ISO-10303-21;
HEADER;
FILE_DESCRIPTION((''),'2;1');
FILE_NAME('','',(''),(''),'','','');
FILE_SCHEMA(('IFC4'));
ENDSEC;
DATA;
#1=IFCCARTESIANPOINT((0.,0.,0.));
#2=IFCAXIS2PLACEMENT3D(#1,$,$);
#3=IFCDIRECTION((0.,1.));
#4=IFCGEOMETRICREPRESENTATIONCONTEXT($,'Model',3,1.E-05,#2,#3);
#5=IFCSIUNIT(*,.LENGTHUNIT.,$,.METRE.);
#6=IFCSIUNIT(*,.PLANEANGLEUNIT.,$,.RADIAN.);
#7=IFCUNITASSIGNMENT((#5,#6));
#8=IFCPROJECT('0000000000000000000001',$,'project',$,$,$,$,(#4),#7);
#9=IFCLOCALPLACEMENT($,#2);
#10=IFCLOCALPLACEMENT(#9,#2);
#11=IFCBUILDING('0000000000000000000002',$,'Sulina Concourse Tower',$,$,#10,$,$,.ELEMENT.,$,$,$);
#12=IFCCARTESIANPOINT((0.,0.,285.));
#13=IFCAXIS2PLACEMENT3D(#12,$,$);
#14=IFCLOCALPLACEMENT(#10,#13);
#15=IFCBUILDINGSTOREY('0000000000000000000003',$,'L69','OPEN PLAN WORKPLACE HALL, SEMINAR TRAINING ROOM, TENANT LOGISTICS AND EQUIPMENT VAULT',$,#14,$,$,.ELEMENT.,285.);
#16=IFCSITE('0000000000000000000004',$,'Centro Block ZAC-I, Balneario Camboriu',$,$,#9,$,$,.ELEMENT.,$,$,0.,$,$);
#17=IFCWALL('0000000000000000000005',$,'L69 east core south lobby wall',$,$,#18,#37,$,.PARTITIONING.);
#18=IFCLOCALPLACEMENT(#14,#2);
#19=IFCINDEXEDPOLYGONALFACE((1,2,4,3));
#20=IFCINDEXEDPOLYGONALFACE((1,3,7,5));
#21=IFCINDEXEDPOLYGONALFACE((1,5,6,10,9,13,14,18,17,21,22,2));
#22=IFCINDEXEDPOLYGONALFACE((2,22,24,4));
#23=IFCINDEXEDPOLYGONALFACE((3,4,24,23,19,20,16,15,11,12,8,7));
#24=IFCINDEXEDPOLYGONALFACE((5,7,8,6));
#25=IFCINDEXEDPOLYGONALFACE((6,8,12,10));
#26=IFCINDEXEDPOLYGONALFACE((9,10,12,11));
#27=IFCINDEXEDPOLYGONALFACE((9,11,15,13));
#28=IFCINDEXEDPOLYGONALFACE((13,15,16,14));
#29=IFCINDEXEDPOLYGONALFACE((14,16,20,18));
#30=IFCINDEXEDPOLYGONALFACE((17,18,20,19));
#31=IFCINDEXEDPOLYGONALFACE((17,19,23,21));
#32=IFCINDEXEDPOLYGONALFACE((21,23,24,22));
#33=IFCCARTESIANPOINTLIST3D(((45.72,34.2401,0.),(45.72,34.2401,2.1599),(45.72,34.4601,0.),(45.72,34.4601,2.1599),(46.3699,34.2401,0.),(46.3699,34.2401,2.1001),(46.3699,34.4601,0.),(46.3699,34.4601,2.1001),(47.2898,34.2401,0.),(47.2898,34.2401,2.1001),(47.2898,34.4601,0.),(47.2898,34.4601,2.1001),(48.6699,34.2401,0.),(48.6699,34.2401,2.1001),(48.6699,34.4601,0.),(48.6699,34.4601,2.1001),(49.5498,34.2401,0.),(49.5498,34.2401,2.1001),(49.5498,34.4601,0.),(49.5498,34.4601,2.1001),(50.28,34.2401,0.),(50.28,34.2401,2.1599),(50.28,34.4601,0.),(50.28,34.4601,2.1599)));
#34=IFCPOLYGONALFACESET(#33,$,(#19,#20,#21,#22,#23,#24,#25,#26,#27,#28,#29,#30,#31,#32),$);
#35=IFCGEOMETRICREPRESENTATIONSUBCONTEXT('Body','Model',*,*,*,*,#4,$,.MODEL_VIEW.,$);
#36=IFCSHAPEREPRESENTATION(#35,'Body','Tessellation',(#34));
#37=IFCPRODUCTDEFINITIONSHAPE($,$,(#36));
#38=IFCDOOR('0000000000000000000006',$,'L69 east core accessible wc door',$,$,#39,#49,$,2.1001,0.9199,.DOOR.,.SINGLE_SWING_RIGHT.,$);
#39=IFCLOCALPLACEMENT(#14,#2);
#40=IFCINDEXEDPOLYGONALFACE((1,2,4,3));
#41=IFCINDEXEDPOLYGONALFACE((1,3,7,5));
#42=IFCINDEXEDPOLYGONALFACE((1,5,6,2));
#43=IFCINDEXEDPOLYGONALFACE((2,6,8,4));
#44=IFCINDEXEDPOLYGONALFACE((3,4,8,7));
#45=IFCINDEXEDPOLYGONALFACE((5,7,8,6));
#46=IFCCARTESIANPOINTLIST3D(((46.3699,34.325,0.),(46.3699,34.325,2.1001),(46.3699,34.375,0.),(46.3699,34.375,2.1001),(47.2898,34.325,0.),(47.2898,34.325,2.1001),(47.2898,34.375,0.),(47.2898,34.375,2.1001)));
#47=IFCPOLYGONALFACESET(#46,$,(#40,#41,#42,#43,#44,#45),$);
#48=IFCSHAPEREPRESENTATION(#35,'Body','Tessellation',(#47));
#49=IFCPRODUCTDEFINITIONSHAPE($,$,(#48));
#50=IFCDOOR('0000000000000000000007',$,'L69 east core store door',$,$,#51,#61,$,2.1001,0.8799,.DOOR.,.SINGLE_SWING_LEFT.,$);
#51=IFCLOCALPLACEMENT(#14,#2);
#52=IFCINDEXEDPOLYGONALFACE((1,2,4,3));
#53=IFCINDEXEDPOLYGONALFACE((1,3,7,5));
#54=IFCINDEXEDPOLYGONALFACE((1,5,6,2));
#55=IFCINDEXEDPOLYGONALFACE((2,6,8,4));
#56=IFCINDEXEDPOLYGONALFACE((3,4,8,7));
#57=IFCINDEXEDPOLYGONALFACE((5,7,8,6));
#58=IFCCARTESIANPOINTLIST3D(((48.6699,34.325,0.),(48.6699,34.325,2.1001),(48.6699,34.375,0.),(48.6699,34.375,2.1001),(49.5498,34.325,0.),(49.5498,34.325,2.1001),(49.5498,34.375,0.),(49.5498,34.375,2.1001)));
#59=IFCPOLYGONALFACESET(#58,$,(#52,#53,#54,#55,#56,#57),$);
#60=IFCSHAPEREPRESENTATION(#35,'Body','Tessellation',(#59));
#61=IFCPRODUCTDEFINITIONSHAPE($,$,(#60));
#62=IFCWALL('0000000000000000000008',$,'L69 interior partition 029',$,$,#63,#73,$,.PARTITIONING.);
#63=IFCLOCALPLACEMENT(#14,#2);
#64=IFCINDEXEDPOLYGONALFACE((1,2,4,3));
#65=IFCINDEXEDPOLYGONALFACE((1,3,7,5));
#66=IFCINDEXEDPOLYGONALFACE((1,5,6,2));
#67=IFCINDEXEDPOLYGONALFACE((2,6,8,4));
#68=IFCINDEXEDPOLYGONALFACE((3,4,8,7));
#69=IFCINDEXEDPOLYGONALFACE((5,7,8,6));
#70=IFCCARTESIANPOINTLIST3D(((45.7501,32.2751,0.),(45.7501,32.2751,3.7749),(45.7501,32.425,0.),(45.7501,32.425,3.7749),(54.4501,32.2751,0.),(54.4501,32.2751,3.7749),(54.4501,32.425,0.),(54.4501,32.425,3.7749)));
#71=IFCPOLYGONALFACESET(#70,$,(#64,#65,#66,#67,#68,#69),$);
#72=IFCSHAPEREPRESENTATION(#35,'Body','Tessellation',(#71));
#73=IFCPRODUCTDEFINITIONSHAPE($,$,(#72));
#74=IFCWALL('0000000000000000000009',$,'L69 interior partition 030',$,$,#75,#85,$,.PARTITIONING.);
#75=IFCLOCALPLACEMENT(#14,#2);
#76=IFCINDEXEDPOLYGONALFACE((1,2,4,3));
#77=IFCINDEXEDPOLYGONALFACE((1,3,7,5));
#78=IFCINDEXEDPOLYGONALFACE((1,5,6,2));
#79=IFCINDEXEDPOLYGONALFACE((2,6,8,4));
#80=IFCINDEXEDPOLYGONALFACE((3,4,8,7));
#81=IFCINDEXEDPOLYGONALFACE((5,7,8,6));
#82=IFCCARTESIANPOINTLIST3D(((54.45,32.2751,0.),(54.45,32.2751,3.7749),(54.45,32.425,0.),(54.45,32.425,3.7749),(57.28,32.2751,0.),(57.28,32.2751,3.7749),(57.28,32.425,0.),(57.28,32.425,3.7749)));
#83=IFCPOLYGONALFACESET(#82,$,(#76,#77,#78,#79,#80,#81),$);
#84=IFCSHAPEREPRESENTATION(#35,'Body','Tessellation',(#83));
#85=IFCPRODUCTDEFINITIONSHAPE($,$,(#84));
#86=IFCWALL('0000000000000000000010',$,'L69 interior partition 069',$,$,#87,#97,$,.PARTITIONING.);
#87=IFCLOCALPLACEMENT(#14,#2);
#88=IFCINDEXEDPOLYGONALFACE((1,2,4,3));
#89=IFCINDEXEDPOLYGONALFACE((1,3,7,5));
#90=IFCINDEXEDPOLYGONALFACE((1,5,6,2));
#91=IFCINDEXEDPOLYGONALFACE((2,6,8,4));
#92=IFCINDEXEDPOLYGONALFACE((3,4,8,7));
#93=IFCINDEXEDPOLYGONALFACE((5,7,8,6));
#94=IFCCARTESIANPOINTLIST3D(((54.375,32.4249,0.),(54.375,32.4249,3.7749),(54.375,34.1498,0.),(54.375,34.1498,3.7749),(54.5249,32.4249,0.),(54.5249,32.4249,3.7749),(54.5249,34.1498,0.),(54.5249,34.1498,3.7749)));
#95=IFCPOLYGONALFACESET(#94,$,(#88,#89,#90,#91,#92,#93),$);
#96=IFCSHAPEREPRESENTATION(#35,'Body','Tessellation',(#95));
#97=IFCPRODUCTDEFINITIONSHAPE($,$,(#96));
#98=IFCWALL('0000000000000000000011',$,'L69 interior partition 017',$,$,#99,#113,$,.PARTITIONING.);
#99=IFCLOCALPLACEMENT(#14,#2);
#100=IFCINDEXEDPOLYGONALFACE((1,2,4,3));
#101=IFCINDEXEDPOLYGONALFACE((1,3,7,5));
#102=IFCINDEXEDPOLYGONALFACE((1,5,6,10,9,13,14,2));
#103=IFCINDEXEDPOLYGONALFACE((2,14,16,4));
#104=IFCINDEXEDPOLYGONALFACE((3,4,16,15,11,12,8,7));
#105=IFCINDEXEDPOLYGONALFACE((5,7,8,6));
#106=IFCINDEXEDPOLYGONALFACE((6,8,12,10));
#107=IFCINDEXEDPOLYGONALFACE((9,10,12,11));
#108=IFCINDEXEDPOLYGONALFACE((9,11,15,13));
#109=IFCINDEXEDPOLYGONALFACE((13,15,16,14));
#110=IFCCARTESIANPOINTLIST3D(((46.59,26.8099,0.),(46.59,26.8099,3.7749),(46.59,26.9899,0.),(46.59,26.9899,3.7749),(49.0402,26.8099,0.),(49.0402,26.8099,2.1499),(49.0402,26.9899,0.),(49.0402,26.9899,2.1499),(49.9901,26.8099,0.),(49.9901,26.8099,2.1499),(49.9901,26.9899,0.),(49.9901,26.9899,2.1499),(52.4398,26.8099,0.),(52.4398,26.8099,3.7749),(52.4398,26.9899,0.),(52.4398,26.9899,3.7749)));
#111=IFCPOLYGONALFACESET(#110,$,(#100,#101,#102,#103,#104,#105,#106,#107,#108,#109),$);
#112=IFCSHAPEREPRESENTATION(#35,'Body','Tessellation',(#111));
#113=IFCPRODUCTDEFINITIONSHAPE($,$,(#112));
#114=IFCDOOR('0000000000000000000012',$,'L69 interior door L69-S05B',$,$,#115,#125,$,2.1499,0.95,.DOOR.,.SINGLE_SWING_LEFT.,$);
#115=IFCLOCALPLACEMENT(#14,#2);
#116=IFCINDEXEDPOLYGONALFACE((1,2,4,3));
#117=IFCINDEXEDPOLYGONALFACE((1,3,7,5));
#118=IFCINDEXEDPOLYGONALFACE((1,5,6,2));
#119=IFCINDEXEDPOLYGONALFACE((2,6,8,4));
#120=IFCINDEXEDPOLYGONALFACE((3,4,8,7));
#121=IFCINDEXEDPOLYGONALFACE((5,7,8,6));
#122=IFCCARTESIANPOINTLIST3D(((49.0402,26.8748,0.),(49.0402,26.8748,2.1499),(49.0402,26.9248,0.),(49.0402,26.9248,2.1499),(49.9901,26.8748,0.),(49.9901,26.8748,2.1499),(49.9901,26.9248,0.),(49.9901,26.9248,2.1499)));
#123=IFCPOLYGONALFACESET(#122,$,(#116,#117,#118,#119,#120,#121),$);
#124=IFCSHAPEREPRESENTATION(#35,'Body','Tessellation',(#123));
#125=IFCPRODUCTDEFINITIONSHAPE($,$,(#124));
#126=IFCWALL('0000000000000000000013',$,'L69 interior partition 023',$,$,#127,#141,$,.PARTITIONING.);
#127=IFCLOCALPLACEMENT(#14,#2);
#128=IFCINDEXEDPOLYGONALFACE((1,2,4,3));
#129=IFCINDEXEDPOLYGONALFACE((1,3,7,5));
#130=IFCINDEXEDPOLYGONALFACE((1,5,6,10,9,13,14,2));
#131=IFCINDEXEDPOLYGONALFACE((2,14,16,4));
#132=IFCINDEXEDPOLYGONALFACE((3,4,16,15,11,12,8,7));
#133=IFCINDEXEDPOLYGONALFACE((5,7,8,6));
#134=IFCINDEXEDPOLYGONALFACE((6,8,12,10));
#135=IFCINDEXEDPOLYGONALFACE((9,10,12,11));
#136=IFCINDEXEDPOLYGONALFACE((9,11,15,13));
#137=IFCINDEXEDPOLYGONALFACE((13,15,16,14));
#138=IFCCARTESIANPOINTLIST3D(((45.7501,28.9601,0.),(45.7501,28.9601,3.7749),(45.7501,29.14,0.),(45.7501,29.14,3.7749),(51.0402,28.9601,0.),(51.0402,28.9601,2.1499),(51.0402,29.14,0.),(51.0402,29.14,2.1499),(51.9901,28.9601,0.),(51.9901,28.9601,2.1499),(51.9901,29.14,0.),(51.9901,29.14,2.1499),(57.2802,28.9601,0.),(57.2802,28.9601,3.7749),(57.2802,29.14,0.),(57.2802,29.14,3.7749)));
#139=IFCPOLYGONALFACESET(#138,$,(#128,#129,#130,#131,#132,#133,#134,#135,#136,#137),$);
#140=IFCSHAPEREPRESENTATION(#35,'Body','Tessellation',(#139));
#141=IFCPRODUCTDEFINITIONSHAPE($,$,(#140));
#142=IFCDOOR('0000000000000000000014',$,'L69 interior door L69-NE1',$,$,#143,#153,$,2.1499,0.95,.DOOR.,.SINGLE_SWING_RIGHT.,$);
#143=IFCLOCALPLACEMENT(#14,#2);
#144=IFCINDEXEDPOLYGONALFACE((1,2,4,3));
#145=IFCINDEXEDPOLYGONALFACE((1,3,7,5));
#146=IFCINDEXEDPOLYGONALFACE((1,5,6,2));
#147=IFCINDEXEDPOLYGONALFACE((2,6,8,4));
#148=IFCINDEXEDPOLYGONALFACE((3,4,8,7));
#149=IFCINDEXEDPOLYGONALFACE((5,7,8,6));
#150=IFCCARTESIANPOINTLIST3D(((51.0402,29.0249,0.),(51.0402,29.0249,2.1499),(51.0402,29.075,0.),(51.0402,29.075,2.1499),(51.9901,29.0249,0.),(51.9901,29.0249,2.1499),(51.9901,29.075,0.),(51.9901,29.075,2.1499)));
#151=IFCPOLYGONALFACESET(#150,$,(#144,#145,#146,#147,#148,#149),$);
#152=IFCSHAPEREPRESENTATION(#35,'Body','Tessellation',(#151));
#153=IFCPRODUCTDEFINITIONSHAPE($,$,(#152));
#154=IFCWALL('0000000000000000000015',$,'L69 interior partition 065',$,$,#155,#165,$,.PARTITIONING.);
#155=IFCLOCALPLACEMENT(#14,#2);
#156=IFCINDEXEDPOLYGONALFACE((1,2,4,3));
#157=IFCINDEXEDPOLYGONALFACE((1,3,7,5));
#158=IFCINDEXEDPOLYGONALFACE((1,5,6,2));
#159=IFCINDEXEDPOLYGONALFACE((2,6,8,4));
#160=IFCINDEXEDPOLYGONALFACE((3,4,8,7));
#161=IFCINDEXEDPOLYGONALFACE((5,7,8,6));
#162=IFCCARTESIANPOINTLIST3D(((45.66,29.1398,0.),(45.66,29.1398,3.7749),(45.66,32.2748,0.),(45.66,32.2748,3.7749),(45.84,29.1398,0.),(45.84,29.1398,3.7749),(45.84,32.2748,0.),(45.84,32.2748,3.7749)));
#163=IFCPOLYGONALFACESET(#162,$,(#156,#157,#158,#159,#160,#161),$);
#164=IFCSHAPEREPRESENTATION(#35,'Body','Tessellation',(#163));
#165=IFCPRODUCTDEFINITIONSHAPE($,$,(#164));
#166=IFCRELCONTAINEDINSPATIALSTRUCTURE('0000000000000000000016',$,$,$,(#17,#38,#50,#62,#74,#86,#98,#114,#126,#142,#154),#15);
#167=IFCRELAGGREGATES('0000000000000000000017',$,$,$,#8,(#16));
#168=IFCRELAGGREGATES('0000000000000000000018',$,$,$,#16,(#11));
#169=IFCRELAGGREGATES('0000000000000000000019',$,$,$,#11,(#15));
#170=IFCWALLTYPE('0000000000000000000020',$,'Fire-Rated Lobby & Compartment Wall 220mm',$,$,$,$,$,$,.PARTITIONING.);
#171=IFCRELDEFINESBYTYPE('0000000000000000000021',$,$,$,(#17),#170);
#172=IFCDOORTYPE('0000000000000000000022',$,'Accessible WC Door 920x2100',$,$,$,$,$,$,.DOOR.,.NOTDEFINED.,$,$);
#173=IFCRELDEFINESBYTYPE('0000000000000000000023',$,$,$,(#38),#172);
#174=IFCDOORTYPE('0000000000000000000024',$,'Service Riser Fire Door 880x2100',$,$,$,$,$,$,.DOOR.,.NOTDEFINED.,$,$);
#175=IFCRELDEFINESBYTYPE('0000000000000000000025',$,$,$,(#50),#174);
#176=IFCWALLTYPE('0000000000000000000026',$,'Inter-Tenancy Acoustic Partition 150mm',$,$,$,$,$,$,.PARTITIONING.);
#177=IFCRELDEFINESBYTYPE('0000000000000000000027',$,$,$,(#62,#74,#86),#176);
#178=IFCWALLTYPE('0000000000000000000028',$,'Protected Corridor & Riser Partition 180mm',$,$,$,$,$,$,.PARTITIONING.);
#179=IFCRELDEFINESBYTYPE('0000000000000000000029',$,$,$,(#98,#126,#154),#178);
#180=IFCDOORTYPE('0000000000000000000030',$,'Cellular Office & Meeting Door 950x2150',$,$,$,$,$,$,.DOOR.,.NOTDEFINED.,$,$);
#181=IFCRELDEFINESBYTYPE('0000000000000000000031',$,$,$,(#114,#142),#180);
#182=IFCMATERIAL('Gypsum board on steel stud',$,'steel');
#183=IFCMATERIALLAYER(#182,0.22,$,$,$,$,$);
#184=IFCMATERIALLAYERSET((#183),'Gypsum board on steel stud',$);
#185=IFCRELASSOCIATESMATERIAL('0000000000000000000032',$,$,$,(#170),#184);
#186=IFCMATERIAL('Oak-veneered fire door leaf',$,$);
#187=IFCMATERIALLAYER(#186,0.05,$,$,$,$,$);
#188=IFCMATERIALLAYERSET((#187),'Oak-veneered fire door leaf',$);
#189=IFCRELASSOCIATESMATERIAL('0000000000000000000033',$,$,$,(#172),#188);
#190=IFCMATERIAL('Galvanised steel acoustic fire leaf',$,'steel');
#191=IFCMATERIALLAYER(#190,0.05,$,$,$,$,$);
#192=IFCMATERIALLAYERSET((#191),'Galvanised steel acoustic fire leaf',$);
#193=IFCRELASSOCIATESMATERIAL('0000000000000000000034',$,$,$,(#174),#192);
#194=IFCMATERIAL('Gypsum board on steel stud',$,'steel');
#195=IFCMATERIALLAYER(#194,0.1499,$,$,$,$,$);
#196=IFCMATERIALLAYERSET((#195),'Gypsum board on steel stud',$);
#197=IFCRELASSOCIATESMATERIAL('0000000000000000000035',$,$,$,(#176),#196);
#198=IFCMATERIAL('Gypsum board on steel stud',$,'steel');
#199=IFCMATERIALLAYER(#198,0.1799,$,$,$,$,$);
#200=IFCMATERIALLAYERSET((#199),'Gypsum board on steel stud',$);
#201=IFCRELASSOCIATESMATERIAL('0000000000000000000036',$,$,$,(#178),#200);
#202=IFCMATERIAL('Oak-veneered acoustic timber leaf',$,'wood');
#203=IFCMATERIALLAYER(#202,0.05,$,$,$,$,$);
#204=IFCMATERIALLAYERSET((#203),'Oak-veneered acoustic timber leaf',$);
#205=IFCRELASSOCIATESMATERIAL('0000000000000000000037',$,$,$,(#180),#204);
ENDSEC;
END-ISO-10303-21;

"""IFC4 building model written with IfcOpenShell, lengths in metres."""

from ifc_helpers import new_model, si_unit, direction, frame, frame_2d, origin, place, context, subcontext, project, spatial, rectangle, extrude, material, layer, layer_set, type_object, element, fill, save


model = new_model("IFC4")

# Units and contexts
model_context = context("Model", 3, precision=1e-05, world=origin(), true_north=direction((0.0, 1.0)))
body_context = subcontext(model_context, "Body", "Model", "MODEL_VIEW")
ifc_project = project(units=[si_unit("LENGTHUNIT", "METRE"), si_unit("PLANEANGLEUNIT", "RADIAN")], contexts=[model_context])

# Site, building, storey
site_placement = place(None, origin())
site = spatial("IfcSite", under=ifc_project, at=site_placement, Name="Centro Block ZAC-I, Balneario Camboriu", CompositionType="ELEMENT", RefElevation=0.0)
building_placement = place(site_placement, origin())
building = spatial("IfcBuilding", under=site, at=building_placement, Name="Sulina Concourse Tower", CompositionType="ELEMENT")
storey_placement = place(building_placement, frame((0.0, 0.0, 285.0)))
storey = spatial("IfcBuildingStorey", under=building, at=storey_placement, Name="L69", Description="OPEN PLAN WORKPLACE HALL, SEMINAR TRAINING ROOM, TENANT LOGISTICS AND EQUIPMENT VAULT", CompositionType="ELEMENT", Elevation=285.0)

# Wall, openings, doors
ifc_material_1 = material(Name="Gypsum board on steel stud", Category="steel")
ifc_layer_1 = layer(ifc_material_1, 0.22)
ifc_layer_set_1 = layer_set([ifc_layer_1], Name="Gypsum board on steel stud")
wall_type_1 = type_object("IfcWallType", Name="Fire-Rated Lobby & Compartment Wall 220mm", PredefinedType="PARTITIONING", material=ifc_layer_set_1)
wall_1_placement = place(storey_placement, frame((45.72, 34.3501, 0.0), z_axis=(0.0, 0.0, 1.0), x_axis=(1.0, 0.0, 0.0)))
wall_1 = element("IfcWall", 1, at=wall_1_placement, inside=storey, type_object=wall_type_1, Name="L69 east core south lobby wall", PredefinedType="PARTITIONING", context=body_context, shape_type="SweptSolid", body=[
    extrude(rectangle(XDim=4.5601, YDim=0.22, at=frame_2d((2.28, 0.0))), origin(), (0.0, 0.0, 1.0), 2.1599),
])
opening_1_placement = place(wall_1_placement, frame((0.6499, 0.0, 0.0)))
opening_1 = element("IfcOpeningElement", 2, at=opening_1_placement, cuts=wall_1, PredefinedType="OPENING", context=body_context, shape_type="SweptSolid", body=[
    extrude(rectangle(XDim=0.9199, YDim=2.1001, at=frame_2d((0.46, 1.05))), frame((0.0, 0.1199, 0.0), z_axis=(0.0, -1.0, 0.0), x_axis=(1.0, 0.0, 0.0)), (0.0, 0.0, 1.0), 0.24),
])
opening_2_placement = place(wall_1_placement, frame((2.95, 0.0, 0.0)))
opening_2 = element("IfcOpeningElement", 3, at=opening_2_placement, cuts=wall_1, PredefinedType="OPENING", context=body_context, shape_type="SweptSolid", body=[
    extrude(rectangle(XDim=0.8799, YDim=2.1001, at=frame_2d((0.4399, 1.05))), frame((0.0, 0.1199, 0.0), z_axis=(0.0, -1.0, 0.0), x_axis=(1.0, 0.0, 0.0)), (0.0, 0.0, 1.0), 0.24),
])
ifc_material_2 = material(Name="Oak-veneered fire door leaf")
ifc_layer_2 = layer(ifc_material_2, 0.05)
ifc_layer_set_2 = layer_set([ifc_layer_2], Name="Oak-veneered fire door leaf")
door_type_1 = type_object("IfcDoorType", Name="Accessible WC Door 920x2100", OperationType="NOTDEFINED", PredefinedType="DOOR", material=ifc_layer_set_2)
door_1_placement = place(opening_1_placement, origin())
door_1 = element("IfcDoor", 4, at=door_1_placement, inside=storey, type_object=door_type_1, Name="L69 east core accessible wc door", OperationType="SINGLE_SWING_RIGHT", OverallHeight=2.1001, OverallWidth=0.9199, PredefinedType="DOOR", context=body_context, shape_type="SweptSolid", body=[
    extrude(rectangle(XDim=0.9199, YDim=2.1001, at=frame_2d((0.46, 1.05))), frame((0.0, 0.0249, 0.0), z_axis=(0.0, -1.0, 0.0), x_axis=(1.0, 0.0, 0.0)), (0.0, 0.0, 1.0), 0.05),
])
fill(opening_1, door_1)
ifc_material_3 = material(Name="Galvanised steel acoustic fire leaf", Category="steel")
ifc_layer_3 = layer(ifc_material_3, 0.05)
ifc_layer_set_3 = layer_set([ifc_layer_3], Name="Galvanised steel acoustic fire leaf")
door_type_2 = type_object("IfcDoorType", Name="Service Riser Fire Door 880x2100", OperationType="NOTDEFINED", PredefinedType="DOOR", material=ifc_layer_set_3)
door_2_placement = place(opening_2_placement, origin())
door_2 = element("IfcDoor", 5, at=door_2_placement, inside=storey, type_object=door_type_2, Name="L69 east core store door", OperationType="SINGLE_SWING_LEFT", OverallHeight=2.1001, OverallWidth=0.8799, PredefinedType="DOOR", context=body_context, shape_type="SweptSolid", body=[
    extrude(rectangle(XDim=0.8799, YDim=2.1001, at=frame_2d((0.4399, 1.05))), frame((0.0, 0.0249, 0.0), z_axis=(0.0, -1.0, 0.0), x_axis=(1.0, 0.0, 0.0)), (0.0, 0.0, 1.0), 0.05),
])
fill(opening_2, door_2)

# Walls
ifc_material_4 = material(Name="Gypsum board on steel stud", Category="steel")
ifc_layer_4 = layer(ifc_material_4, 0.1499)
ifc_layer_set_4 = layer_set([ifc_layer_4], Name="Gypsum board on steel stud")
wall_type_2 = type_object("IfcWallType", Name="Inter-Tenancy Acoustic Partition 150mm", PredefinedType="PARTITIONING", material=ifc_layer_set_4)
wall_2_placement = place(storey_placement, frame((45.75, 32.3501, 0.0), z_axis=(0.0, 0.0, 1.0), x_axis=(1.0, 0.0, 0.0)))
element("IfcWall", 6, at=wall_2_placement, inside=storey, type_object=wall_type_2, Name="L69 interior partition 029", PredefinedType="PARTITIONING", context=body_context, shape_type="SweptSolid", body=[
    extrude(rectangle(XDim=8.7, YDim=0.1499, at=frame_2d((4.3501, 0.0))), origin(), (0.0, 0.0, 1.0), 3.7749),
])
wall_3_placement = place(storey_placement, frame((54.45, 32.3501, 0.0), z_axis=(0.0, 0.0, 1.0), x_axis=(1.0, 0.0, 0.0)))
element("IfcWall", 7, at=wall_3_placement, inside=storey, type_object=wall_type_2, Name="L69 interior partition 030", PredefinedType="PARTITIONING", context=body_context, shape_type="SweptSolid", body=[
    extrude(rectangle(XDim=2.8301, YDim=0.1499, at=frame_2d((1.415, 0.0))), origin(), (0.0, 0.0, 1.0), 3.7749),
])
wall_4_placement = place(storey_placement, frame((54.45, 32.425, 0.0), z_axis=(0.0, 0.0, 1.0), x_axis=(0.0, 1.0, 0.0)))
element("IfcWall", 8, at=wall_4_placement, inside=storey, type_object=wall_type_2, Name="L69 interior partition 069", PredefinedType="PARTITIONING", context=body_context, shape_type="SweptSolid", body=[
    extrude(rectangle(XDim=1.7249, YDim=0.1499, at=frame_2d((0.8623, 0.0))), origin(), (0.0, 0.0, 1.0), 3.7749),
])

# Walls, openings, doors
ifc_material_5 = material(Name="Gypsum board on steel stud", Category="steel")
ifc_layer_5 = layer(ifc_material_5, 0.1799)
ifc_layer_set_5 = layer_set([ifc_layer_5], Name="Gypsum board on steel stud")
wall_type_3 = type_object("IfcWallType", Name="Protected Corridor & Riser Partition 180mm", PredefinedType="PARTITIONING", material=ifc_layer_set_5)
wall_5_placement = place(storey_placement, frame((46.5901, 26.8999, 0.0), z_axis=(0.0, 0.0, 1.0), x_axis=(1.0, 0.0, 0.0)))
wall_5 = element("IfcWall", 9, at=wall_5_placement, inside=storey, type_object=wall_type_3, Name="L69 interior partition 017", PredefinedType="PARTITIONING", context=body_context, shape_type="SweptSolid", body=[
    extrude(rectangle(XDim=5.8499, YDim=0.1799, at=frame_2d((2.9248, 0.0))), origin(), (0.0, 0.0, 1.0), 3.7749),
])
opening_3_placement = place(wall_5_placement, frame((2.45, 0.0, 0.0)))
opening_3 = element("IfcOpeningElement", 10, at=opening_3_placement, cuts=wall_5, PredefinedType="OPENING", context=body_context, shape_type="SweptSolid", body=[
    extrude(rectangle(XDim=0.95, YDim=2.1499, at=frame_2d((0.4751, 1.075))), frame((0.0, 0.0999, 0.0), z_axis=(0.0, -1.0, 0.0), x_axis=(1.0, 0.0, 0.0)), (0.0, 0.0, 1.0), 0.2),
])
ifc_material_6 = material(Name="Oak-veneered acoustic timber leaf", Category="wood")
ifc_layer_6 = layer(ifc_material_6, 0.05)
ifc_layer_set_6 = layer_set([ifc_layer_6], Name="Oak-veneered acoustic timber leaf")
door_type_3 = type_object("IfcDoorType", Name="Cellular Office & Meeting Door 950x2150", OperationType="NOTDEFINED", PredefinedType="DOOR", material=ifc_layer_set_6)
door_3_placement = place(opening_3_placement, origin())
door_3 = element("IfcDoor", 11, at=door_3_placement, inside=storey, type_object=door_type_3, Name="L69 interior door L69-S05B", OperationType="SINGLE_SWING_LEFT", OverallHeight=2.1499, OverallWidth=0.95, PredefinedType="DOOR", context=body_context, shape_type="SweptSolid", body=[
    extrude(rectangle(XDim=0.95, YDim=2.1499, at=frame_2d((0.4751, 1.075))), frame((0.0, 0.0249, 0.0), z_axis=(0.0, -1.0, 0.0), x_axis=(1.0, 0.0, 0.0)), (0.0, 0.0, 1.0), 0.05),
])
fill(opening_3, door_3)
wall_6_placement = place(storey_placement, frame((45.75, 29.05, 0.0), z_axis=(0.0, 0.0, 1.0), x_axis=(1.0, 0.0, 0.0)))
wall_6 = element("IfcWall", 12, at=wall_6_placement, inside=storey, type_object=wall_type_3, Name="L69 interior partition 023", PredefinedType="PARTITIONING", context=body_context, shape_type="SweptSolid", body=[
    extrude(rectangle(XDim=11.53, YDim=0.1799, at=frame_2d((5.7651, 0.0))), origin(), (0.0, 0.0, 1.0), 3.7749),
])
opening_4_placement = place(wall_6_placement, frame((5.29, 0.0, 0.0)))
opening_4 = element("IfcOpeningElement", 13, at=opening_4_placement, cuts=wall_6, PredefinedType="OPENING", context=body_context, shape_type="SweptSolid", body=[
    extrude(rectangle(XDim=0.95, YDim=2.1499, at=frame_2d((0.4751, 1.075))), frame((0.0, 0.0999, 0.0), z_axis=(0.0, -1.0, 0.0), x_axis=(1.0, 0.0, 0.0)), (0.0, 0.0, 1.0), 0.2),
])
door_4_placement = place(opening_4_placement, origin())
door_4 = element("IfcDoor", 14, at=door_4_placement, inside=storey, type_object=door_type_3, Name="L69 interior door L69-NE1", OperationType="SINGLE_SWING_RIGHT", OverallHeight=2.1499, OverallWidth=0.95, PredefinedType="DOOR", context=body_context, shape_type="SweptSolid", body=[
    extrude(rectangle(XDim=0.95, YDim=2.1499, at=frame_2d((0.4751, 1.075))), frame((0.0, 0.0249, 0.0), z_axis=(0.0, -1.0, 0.0), x_axis=(1.0, 0.0, 0.0)), (0.0, 0.0, 1.0), 0.05),
])
fill(opening_4, door_4)

# Wall
wall_7_placement = place(storey_placement, frame((45.75, 29.1399, 0.0), z_axis=(0.0, 0.0, 1.0), x_axis=(0.0, 1.0, 0.0)))
element("IfcWall", 15, at=wall_7_placement, inside=storey, type_object=wall_type_3, Name="L69 interior partition 065", PredefinedType="PARTITIONING", context=body_context, shape_type="SweptSolid", body=[
    extrude(rectangle(XDim=3.135, YDim=0.1799, at=frame_2d((1.5674, 0.0))), origin(), (0.0, 0.0, 1.0), 3.7749),
])

save(model, "model.ifc")
